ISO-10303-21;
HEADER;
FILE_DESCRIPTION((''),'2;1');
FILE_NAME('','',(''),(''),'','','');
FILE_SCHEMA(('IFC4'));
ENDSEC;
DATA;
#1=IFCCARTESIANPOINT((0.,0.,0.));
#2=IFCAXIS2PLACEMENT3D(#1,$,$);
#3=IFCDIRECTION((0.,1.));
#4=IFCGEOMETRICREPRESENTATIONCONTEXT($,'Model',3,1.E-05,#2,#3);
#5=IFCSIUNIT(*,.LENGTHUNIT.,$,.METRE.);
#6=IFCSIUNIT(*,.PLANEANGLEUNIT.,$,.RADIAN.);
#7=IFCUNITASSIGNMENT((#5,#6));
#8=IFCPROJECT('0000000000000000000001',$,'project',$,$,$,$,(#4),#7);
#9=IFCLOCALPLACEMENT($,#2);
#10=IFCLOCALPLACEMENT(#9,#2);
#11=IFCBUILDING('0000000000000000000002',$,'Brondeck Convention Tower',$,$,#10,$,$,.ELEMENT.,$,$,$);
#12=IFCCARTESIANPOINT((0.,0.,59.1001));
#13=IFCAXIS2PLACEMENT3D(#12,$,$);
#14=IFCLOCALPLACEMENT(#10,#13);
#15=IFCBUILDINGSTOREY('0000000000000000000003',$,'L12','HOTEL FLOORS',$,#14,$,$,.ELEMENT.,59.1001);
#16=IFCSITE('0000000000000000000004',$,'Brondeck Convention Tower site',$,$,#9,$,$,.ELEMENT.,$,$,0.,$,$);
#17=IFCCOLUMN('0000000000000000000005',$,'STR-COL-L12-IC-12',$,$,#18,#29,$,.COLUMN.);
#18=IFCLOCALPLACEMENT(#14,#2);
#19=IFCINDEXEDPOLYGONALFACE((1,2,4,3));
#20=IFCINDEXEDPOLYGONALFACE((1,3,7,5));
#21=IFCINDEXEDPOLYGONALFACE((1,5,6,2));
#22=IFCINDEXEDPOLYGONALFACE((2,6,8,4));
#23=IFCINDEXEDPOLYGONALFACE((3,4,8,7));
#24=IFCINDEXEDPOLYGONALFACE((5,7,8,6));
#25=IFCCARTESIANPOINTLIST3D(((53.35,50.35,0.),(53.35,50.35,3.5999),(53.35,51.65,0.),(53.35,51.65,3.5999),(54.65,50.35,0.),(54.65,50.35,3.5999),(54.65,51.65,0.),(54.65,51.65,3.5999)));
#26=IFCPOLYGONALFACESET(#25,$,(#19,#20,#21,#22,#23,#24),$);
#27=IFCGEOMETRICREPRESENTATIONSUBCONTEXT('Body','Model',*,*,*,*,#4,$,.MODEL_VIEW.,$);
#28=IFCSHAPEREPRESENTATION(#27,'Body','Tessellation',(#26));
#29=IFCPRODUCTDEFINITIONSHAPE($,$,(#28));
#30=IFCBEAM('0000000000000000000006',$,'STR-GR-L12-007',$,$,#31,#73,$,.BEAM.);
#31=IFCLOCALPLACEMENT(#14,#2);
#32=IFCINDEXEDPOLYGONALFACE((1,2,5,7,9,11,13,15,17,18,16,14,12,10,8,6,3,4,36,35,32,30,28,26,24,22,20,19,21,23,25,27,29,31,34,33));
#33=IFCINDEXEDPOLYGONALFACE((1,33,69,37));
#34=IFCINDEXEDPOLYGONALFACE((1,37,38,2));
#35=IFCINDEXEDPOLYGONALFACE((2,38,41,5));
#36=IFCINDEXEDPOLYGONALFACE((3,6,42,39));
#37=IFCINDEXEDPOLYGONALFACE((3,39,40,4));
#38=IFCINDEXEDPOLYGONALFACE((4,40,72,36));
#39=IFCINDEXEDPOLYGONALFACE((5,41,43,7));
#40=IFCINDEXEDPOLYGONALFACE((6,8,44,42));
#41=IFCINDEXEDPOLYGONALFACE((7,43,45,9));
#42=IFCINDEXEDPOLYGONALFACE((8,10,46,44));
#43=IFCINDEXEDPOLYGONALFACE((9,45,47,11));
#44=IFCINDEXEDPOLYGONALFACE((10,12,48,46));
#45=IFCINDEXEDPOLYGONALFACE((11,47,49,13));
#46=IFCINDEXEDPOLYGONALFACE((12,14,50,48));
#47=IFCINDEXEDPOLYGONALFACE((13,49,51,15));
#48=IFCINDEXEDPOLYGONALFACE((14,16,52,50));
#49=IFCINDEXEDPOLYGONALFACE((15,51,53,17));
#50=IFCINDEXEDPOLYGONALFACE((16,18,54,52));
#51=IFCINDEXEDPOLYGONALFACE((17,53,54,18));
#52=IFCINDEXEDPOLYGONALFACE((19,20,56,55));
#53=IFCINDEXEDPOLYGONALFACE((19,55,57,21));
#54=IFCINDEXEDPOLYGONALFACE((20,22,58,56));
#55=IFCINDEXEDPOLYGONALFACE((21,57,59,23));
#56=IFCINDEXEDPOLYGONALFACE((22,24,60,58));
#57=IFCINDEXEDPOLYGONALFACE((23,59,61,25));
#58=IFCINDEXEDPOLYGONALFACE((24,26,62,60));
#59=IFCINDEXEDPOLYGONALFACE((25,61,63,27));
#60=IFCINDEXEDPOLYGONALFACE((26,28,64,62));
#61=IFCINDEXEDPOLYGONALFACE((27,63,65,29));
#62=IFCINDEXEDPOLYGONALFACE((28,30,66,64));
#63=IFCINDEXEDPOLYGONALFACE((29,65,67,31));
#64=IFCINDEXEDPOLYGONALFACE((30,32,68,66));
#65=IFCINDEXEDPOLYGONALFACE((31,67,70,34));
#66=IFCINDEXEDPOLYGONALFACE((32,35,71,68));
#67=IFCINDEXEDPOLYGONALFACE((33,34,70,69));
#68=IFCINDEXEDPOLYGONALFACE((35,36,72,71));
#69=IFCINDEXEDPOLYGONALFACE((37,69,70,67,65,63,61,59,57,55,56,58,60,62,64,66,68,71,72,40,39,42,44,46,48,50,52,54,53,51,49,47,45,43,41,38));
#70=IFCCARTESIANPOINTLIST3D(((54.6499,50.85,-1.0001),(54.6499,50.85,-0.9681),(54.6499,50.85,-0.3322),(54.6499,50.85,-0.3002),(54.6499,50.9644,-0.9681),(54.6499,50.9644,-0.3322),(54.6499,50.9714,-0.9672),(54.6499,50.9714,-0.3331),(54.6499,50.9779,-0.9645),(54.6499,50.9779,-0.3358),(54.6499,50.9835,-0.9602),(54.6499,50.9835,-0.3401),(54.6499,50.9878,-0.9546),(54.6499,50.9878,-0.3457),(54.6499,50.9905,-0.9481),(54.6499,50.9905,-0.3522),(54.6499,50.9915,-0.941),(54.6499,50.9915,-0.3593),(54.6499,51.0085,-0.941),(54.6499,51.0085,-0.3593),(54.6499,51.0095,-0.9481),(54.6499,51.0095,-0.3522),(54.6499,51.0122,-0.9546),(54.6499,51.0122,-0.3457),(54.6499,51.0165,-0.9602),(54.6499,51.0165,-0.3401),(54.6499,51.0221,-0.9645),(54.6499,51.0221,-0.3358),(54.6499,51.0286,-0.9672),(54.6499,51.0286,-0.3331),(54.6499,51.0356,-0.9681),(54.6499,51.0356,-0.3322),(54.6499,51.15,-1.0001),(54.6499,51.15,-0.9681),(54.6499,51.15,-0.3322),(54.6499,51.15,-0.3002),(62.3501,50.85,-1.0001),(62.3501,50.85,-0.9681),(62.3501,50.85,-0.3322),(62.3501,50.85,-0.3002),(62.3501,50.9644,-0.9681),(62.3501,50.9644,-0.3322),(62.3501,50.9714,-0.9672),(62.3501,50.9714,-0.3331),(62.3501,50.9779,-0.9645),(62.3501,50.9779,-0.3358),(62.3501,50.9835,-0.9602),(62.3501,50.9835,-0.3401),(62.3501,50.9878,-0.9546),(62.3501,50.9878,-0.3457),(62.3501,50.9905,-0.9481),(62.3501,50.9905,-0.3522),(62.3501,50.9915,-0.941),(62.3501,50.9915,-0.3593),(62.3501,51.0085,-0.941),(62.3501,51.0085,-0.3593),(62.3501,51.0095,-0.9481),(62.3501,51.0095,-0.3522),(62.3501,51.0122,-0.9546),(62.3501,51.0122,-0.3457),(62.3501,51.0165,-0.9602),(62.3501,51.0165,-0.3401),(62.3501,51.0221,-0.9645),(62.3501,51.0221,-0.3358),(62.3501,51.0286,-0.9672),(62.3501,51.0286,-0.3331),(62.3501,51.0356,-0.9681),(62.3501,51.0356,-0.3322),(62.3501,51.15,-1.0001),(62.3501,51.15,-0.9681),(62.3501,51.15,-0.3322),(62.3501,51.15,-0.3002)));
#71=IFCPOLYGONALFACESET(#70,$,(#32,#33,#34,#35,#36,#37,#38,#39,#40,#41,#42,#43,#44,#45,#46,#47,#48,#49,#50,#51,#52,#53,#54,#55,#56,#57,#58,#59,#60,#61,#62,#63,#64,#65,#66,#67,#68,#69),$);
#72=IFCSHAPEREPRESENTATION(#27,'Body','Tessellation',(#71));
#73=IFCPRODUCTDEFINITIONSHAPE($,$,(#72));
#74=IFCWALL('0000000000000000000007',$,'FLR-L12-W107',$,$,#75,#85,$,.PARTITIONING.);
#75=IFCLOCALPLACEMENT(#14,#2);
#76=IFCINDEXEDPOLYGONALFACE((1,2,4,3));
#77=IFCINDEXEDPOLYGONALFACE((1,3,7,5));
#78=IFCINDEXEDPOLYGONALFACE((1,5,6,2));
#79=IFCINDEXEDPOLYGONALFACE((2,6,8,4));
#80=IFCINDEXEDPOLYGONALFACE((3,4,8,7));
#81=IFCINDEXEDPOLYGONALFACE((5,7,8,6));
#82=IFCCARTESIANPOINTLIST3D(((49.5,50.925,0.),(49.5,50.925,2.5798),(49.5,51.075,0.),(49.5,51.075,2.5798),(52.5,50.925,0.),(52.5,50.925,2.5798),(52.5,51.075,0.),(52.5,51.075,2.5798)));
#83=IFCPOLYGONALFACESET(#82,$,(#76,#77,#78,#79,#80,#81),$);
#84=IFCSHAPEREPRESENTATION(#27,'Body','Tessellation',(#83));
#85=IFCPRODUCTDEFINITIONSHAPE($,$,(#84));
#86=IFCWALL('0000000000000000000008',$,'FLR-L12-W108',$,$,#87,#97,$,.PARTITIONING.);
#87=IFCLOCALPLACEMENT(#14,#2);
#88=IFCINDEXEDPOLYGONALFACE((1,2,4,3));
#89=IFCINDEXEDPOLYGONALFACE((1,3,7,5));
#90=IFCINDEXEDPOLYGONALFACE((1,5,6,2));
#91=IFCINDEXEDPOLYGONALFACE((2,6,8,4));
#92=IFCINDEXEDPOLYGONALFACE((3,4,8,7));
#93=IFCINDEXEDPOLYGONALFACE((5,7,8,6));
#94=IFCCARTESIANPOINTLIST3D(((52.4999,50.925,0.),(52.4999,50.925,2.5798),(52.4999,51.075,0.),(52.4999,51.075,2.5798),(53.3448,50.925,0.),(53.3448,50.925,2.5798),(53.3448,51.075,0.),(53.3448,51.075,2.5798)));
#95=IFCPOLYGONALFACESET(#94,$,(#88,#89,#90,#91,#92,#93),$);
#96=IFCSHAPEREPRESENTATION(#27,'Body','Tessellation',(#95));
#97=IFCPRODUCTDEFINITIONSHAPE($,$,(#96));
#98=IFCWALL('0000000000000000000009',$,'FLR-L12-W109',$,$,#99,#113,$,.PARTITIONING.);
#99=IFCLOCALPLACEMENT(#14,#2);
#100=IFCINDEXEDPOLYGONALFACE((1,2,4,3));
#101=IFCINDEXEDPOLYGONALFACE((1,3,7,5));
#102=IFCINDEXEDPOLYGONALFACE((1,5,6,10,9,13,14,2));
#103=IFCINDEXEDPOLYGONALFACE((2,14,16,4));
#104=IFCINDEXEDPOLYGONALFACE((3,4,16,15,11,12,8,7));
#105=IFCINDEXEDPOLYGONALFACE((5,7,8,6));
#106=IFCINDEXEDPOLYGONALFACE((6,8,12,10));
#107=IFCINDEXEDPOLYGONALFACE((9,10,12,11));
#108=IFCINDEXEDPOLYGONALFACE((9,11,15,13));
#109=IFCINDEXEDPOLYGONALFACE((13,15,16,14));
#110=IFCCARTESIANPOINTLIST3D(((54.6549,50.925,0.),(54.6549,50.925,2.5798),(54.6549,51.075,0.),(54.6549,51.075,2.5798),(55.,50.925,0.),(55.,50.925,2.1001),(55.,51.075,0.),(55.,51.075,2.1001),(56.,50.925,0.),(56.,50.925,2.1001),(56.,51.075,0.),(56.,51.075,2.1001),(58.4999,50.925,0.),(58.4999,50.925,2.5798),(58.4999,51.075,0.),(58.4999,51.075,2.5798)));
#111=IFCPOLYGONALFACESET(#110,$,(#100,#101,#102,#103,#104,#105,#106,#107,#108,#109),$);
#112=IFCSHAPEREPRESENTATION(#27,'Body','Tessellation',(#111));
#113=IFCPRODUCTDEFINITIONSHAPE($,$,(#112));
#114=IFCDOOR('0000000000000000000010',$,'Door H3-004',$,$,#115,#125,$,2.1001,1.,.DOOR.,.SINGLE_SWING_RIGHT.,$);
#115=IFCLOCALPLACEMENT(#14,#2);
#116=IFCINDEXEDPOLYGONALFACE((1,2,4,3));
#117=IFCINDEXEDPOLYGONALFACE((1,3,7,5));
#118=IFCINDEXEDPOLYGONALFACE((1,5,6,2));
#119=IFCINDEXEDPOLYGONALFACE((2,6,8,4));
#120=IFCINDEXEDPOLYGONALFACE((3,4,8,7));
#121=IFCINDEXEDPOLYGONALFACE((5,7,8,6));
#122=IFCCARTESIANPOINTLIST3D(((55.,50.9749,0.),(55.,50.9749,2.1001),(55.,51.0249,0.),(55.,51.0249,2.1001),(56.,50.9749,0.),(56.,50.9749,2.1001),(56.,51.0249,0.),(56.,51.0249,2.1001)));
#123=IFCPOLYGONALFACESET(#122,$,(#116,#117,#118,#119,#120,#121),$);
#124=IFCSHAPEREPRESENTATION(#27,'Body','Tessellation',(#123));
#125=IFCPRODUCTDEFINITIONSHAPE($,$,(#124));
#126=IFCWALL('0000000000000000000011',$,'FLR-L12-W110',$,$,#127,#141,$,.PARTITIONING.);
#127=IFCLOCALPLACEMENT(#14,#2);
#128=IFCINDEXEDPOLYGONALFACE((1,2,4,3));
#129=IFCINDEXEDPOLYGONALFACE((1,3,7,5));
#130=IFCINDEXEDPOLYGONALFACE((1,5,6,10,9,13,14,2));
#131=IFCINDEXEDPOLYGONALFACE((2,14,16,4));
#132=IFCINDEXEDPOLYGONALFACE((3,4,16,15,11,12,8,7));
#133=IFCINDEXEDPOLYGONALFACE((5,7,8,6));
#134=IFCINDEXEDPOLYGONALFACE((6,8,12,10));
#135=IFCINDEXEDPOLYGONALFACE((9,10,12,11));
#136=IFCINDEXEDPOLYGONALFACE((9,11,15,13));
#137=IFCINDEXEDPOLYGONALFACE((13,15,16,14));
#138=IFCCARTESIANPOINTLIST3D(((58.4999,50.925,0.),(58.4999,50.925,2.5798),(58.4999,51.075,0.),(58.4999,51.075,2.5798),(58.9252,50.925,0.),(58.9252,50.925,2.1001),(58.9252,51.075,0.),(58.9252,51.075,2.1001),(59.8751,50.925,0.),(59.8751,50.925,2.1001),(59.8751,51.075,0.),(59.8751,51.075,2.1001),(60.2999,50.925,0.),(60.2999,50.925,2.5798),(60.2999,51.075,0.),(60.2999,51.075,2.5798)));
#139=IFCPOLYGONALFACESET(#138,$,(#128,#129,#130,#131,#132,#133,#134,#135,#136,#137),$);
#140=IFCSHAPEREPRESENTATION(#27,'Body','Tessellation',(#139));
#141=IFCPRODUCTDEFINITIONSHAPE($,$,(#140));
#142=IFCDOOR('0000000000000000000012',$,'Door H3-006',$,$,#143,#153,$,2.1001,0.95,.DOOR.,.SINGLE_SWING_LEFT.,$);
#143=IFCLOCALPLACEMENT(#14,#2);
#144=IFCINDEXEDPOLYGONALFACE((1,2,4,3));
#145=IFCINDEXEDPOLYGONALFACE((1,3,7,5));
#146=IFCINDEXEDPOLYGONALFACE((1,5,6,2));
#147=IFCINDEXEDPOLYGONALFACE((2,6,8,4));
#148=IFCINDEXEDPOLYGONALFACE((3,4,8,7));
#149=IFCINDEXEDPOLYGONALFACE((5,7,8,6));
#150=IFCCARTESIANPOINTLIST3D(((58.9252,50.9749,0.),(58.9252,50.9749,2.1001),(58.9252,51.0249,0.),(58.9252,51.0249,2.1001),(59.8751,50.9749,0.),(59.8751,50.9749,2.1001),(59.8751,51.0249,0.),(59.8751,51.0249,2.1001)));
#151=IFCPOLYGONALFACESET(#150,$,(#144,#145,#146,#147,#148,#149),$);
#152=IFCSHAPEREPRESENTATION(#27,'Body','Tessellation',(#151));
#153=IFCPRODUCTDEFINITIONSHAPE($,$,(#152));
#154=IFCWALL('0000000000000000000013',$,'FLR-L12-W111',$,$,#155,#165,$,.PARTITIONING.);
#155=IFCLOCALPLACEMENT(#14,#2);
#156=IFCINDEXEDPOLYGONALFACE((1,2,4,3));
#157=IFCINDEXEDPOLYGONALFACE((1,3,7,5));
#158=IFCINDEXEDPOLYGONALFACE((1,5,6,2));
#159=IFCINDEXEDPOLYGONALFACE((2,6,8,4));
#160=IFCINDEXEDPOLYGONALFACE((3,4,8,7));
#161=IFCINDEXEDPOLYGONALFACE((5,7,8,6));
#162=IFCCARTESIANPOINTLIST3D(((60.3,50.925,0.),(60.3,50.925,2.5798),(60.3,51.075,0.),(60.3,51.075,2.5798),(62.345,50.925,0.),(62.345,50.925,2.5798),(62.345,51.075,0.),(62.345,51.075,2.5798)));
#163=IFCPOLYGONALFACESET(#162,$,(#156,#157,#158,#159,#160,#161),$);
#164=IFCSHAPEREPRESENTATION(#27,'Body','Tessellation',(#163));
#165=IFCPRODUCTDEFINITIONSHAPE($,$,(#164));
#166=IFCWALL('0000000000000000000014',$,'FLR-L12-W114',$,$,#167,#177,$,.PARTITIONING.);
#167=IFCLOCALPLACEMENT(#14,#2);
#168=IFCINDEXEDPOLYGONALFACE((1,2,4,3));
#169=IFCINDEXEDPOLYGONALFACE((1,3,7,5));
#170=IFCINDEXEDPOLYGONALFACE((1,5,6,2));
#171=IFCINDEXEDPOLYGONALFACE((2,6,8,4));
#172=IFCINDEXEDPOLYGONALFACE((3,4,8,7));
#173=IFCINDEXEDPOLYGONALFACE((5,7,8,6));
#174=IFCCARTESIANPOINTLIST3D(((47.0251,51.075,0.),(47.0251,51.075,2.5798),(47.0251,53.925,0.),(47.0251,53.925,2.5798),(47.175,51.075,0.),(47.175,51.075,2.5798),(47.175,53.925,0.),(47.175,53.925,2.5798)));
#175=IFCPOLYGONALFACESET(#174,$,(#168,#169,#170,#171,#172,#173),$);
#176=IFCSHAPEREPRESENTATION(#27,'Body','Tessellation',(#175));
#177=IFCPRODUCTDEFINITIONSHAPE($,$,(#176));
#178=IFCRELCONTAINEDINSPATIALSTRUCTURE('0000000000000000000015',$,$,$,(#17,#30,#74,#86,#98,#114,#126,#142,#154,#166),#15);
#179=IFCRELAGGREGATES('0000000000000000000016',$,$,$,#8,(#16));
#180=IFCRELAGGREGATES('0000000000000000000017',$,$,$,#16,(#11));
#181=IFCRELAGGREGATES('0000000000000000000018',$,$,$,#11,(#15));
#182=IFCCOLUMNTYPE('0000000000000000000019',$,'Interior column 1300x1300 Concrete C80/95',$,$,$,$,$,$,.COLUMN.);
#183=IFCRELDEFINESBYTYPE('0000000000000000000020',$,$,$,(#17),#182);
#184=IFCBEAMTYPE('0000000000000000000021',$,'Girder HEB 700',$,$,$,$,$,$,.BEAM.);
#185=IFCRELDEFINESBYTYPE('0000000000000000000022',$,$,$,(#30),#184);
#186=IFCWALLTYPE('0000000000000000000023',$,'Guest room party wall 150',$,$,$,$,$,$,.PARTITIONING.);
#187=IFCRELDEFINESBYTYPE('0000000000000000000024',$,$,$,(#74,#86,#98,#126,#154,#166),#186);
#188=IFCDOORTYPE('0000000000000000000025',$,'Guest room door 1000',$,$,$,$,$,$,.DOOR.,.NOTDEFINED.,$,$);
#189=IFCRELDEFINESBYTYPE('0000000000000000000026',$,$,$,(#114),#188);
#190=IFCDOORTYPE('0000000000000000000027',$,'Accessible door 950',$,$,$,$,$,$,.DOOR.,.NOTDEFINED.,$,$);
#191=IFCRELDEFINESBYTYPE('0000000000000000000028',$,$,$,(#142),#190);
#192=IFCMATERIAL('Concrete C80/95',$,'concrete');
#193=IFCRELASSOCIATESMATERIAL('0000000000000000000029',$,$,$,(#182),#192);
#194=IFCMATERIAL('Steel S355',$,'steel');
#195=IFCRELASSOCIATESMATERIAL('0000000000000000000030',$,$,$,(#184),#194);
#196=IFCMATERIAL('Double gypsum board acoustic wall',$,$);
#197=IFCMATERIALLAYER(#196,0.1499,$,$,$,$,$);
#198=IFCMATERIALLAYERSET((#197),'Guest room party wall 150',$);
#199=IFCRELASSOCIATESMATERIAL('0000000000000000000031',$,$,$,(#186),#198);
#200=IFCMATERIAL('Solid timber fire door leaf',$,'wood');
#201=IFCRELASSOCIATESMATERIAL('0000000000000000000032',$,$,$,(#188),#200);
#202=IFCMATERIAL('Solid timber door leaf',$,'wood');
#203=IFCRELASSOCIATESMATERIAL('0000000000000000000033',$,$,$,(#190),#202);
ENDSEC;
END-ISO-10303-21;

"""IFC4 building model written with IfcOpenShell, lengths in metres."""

from ifc_helpers import new_model, si_unit, direction, frame, frame_2d, origin, origin_2d, place, context, subcontext, project, spatial, rectangle, i_section, extrude, material, layer, layer_set, material_profile, profile_set, type_object, element, fill, save


model = new_model("IFC4")

# Units and contexts
model_context = context("Model", 3, precision=1e-05, world=origin(), true_north=direction((0.0, 1.0)))
body_context = subcontext(model_context, "Body", "Model", "MODEL_VIEW")
ifc_project = project(units=[si_unit("LENGTHUNIT", "METRE"), si_unit("PLANEANGLEUNIT", "RADIAN")], contexts=[model_context])

# Site, building, storey
site_placement = place(None, origin())
site = spatial("IfcSite", under=ifc_project, at=site_placement, Name="Brondeck Convention Tower site", CompositionType="ELEMENT", RefElevation=0.0)
building_placement = place(site_placement, origin())
building = spatial("IfcBuilding", under=site, at=building_placement, Name="Brondeck Convention Tower", CompositionType="ELEMENT")
storey_placement = place(building_placement, frame((0.0, 0.0, 59.1001)))
storey = spatial("IfcBuildingStorey", under=building, at=storey_placement, Name="L12", Description="HOTEL FLOORS", CompositionType="ELEMENT", Elevation=59.1001)

# Column
ifc_material_1 = material(Name="Concrete C80/95", Category="concrete")
ifc_material_profile_1 = material_profile(ifc_material_1, rectangle(XDim=1.3, YDim=1.3, at=origin_2d()), Name="Interior column 1300x1300 Concrete C80/95")
ifc_profile_set_1 = profile_set([ifc_material_profile_1], Name="Concrete C80/95")
column_type = type_object("IfcColumnType", Name="Interior column 1300x1300 Concrete C80/95", PredefinedType="COLUMN", material=ifc_profile_set_1)
column_placement = place(storey_placement, frame((54.0, 51.0, 0.0), z_axis=(0.0, 0.0, 1.0), x_axis=(1.0, 0.0, 0.0)))
element("IfcColumn", 1, at=column_placement, inside=storey, type_object=column_type, Name="STR-COL-L12-IC-12", PredefinedType="COLUMN", context=body_context, shape_type="SweptSolid", body=[
    extrude(rectangle(XDim=1.3, YDim=1.3, at=origin_2d()), origin(), (0.0, 0.0, 1.0), 3.5999),
])

# Beam
ifc_material_2 = material(Name="Steel S355", Category="steel")
ifc_material_profile_2 = material_profile(ifc_material_2, i_section(OverallWidth=0.3, OverallDepth=0.7, WebThickness=0.0171, FlangeThickness=0.032, FilletRadius=0.0271, at=origin_2d()), Name="HEB 700")
ifc_profile_set_2 = profile_set([ifc_material_profile_2], Name="Steel S355")
beam_type = type_object("IfcBeamType", Name="Girder HEB 700", PredefinedType="BEAM", material=ifc_profile_set_2)
beam_placement = place(storey_placement, frame((54.6499, 51.0, -0.6501), z_axis=(1.0, 0.0, 0.0), x_axis=(0.0, 1.0, 0.0)))
element("IfcBeam", 2, at=beam_placement, inside=storey, type_object=beam_type, Name="STR-GR-L12-007", PredefinedType="BEAM", context=body_context, shape_type="SweptSolid", body=[
    extrude(i_section(OverallWidth=0.3, OverallDepth=0.7, WebThickness=0.0171, FlangeThickness=0.032, FilletRadius=0.0271, at=origin_2d()), origin(), (0.0, 0.0, 1.0), 7.7002),
])

# Walls
ifc_material_3 = material(Name="Double gypsum board acoustic wall")
ifc_layer_1 = layer(ifc_material_3, 0.1499)
ifc_layer_set_1 = layer_set([ifc_layer_1], Name="Guest room party wall 150")
wall_type_1 = type_object("IfcWallType", Name="Guest room party wall 150", PredefinedType="PARTITIONING", material=ifc_layer_set_1)
wall_1_placement = place(storey_placement, frame((49.5, 51.0, 0.0), z_axis=(0.0, 0.0, 1.0), x_axis=(1.0, 0.0, 0.0)))
element("IfcWall", 3, at=wall_1_placement, inside=storey, type_object=wall_type_1, Name="FLR-L12-W107", PredefinedType="PARTITIONING", context=body_context, shape_type="SweptSolid", body=[
    extrude(rectangle(XDim=3.0, YDim=0.1499, at=frame_2d((1.5, 0.0))), origin(), (0.0, 0.0, 1.0), 2.5798),
])
wall_2_placement = place(storey_placement, frame((52.5, 51.0, 0.0), z_axis=(0.0, 0.0, 1.0), x_axis=(1.0, 0.0, 0.0)))
element("IfcWall", 4, at=wall_2_placement, inside=storey, type_object=wall_type_1, Name="FLR-L12-W108", PredefinedType="PARTITIONING", context=body_context, shape_type="SweptSolid", body=[
    extrude(rectangle(XDim=0.845, YDim=0.1499, at=frame_2d((0.4224, 0.0))), origin(), (0.0, 0.0, 1.0), 2.5798),
])

# Walls, openings, doors
wall_3_placement = place(storey_placement, frame((54.655, 51.0, 0.0), z_axis=(0.0, 0.0, 1.0), x_axis=(1.0, 0.0, 0.0)))
wall_3 = element("IfcWall", 5, at=wall_3_placement, inside=storey, type_object=wall_type_1, Name="FLR-L12-W109", PredefinedType="PARTITIONING", context=body_context, shape_type="SweptSolid", body=[
    extrude(rectangle(XDim=3.845, YDim=0.1499, at=frame_2d((1.9224, 0.0))), origin(), (0.0, 0.0, 1.0), 2.5798),
])
opening_1_placement = place(wall_3_placement, frame((0.345, 0.0, 0.0)))
opening_1 = element("IfcOpeningElement", 6, at=opening_1_placement, cuts=wall_3, PredefinedType="OPENING", context=body_context, shape_type="SweptSolid", body=[
    extrude(rectangle(XDim=1.0, YDim=2.1001, at=frame_2d((0.5, 1.05))), frame((0.0, 0.085, 0.0), z_axis=(0.0, -1.0, 0.0), x_axis=(1.0, 0.0, 0.0)), (0.0, 0.0, 1.0), 0.1699),
])
ifc_material_4 = material(Name="Solid timber fire door leaf", Category="wood")
door_type_1 = type_object("IfcDoorType", Name="Guest room door 1000", OperationType="NOTDEFINED", PredefinedType="DOOR", material=ifc_material_4)
door_1_placement = place(opening_1_placement, origin())
door_1 = element("IfcDoor", 7, at=door_1_placement, inside=storey, type_object=door_type_1, Name="Door H3-004", OperationType="SINGLE_SWING_RIGHT", OverallHeight=2.1001, OverallWidth=1.0, PredefinedType="DOOR", context=body_context, shape_type="SweptSolid", body=[
    extrude(rectangle(XDim=1.0, YDim=2.1001, at=frame_2d((0.5, 1.05))), frame((0.0, 0.0249, 0.0), z_axis=(0.0, -1.0, 0.0), x_axis=(1.0, 0.0, 0.0)), (0.0, 0.0, 1.0), 0.05),
])
fill(opening_1, door_1)
wall_4_placement = place(storey_placement, frame((58.5, 51.0, 0.0), z_axis=(0.0, 0.0, 1.0), x_axis=(1.0, 0.0, 0.0)))
wall_4 = element("IfcWall", 8, at=wall_4_placement, inside=storey, type_object=wall_type_1, Name="FLR-L12-W110", PredefinedType="PARTITIONING", context=body_context, shape_type="SweptSolid", body=[
    extrude(rectangle(XDim=1.8, YDim=0.1499, at=frame_2d((0.8999, 0.0))), origin(), (0.0, 0.0, 1.0), 2.5798),
])
opening_2_placement = place(wall_4_placement, frame((0.425, 0.0, 0.0)))
opening_2 = element("IfcOpeningElement", 9, at=opening_2_placement, cuts=wall_4, PredefinedType="OPENING", context=body_context, shape_type="SweptSolid", body=[
    extrude(rectangle(XDim=0.95, YDim=2.1001, at=frame_2d((0.4751, 1.05))), frame((0.0, 0.085, 0.0), z_axis=(0.0, -1.0, 0.0), x_axis=(1.0, 0.0, 0.0)), (0.0, 0.0, 1.0), 0.1699),
])
ifc_material_5 = material(Name="Solid timber door leaf", Category="wood")
door_type_2 = type_object("IfcDoorType", Name="Accessible door 950", OperationType="NOTDEFINED", PredefinedType="DOOR", material=ifc_material_5)
door_2_placement = place(opening_2_placement, origin())
door_2 = element("IfcDoor", 10, at=door_2_placement, inside=storey, type_object=door_type_2, Name="Door H3-006", OperationType="SINGLE_SWING_LEFT", OverallHeight=2.1001, OverallWidth=0.95, PredefinedType="DOOR", context=body_context, shape_type="SweptSolid", body=[
    extrude(rectangle(XDim=0.95, YDim=2.1001, at=frame_2d((0.4751, 1.05))), frame((0.0, 0.0249, 0.0), z_axis=(0.0, -1.0, 0.0), x_axis=(1.0, 0.0, 0.0)), (0.0, 0.0, 1.0), 0.05),
])
fill(opening_2, door_2)

# Walls
wall_5_placement = place(storey_placement, frame((60.3, 51.0, 0.0), z_axis=(0.0, 0.0, 1.0), x_axis=(1.0, 0.0, 0.0)))
element("IfcWall", 11, at=wall_5_placement, inside=storey, type_object=wall_type_1, Name="FLR-L12-W111", PredefinedType="PARTITIONING", context=body_context, shape_type="SweptSolid", body=[
    extrude(rectangle(XDim=2.0449, YDim=0.1499, at=frame_2d((1.0225, 0.0))), origin(), (0.0, 0.0, 1.0), 2.5798),
])
wall_6_placement = place(storey_placement, frame((47.1001, 51.075, 0.0), z_axis=(0.0, 0.0, 1.0), x_axis=(0.0, 1.0, 0.0)))
element("IfcWall", 12, at=wall_6_placement, inside=storey, type_object=wall_type_1, Name="FLR-L12-W114", PredefinedType="PARTITIONING", context=body_context, shape_type="SweptSolid", body=[
    extrude(rectangle(XDim=2.8501, YDim=0.1499, at=frame_2d((1.425, 0.0))), origin(), (0.0, 0.0, 1.0), 2.5798),
])

save(model, "model.ifc")
